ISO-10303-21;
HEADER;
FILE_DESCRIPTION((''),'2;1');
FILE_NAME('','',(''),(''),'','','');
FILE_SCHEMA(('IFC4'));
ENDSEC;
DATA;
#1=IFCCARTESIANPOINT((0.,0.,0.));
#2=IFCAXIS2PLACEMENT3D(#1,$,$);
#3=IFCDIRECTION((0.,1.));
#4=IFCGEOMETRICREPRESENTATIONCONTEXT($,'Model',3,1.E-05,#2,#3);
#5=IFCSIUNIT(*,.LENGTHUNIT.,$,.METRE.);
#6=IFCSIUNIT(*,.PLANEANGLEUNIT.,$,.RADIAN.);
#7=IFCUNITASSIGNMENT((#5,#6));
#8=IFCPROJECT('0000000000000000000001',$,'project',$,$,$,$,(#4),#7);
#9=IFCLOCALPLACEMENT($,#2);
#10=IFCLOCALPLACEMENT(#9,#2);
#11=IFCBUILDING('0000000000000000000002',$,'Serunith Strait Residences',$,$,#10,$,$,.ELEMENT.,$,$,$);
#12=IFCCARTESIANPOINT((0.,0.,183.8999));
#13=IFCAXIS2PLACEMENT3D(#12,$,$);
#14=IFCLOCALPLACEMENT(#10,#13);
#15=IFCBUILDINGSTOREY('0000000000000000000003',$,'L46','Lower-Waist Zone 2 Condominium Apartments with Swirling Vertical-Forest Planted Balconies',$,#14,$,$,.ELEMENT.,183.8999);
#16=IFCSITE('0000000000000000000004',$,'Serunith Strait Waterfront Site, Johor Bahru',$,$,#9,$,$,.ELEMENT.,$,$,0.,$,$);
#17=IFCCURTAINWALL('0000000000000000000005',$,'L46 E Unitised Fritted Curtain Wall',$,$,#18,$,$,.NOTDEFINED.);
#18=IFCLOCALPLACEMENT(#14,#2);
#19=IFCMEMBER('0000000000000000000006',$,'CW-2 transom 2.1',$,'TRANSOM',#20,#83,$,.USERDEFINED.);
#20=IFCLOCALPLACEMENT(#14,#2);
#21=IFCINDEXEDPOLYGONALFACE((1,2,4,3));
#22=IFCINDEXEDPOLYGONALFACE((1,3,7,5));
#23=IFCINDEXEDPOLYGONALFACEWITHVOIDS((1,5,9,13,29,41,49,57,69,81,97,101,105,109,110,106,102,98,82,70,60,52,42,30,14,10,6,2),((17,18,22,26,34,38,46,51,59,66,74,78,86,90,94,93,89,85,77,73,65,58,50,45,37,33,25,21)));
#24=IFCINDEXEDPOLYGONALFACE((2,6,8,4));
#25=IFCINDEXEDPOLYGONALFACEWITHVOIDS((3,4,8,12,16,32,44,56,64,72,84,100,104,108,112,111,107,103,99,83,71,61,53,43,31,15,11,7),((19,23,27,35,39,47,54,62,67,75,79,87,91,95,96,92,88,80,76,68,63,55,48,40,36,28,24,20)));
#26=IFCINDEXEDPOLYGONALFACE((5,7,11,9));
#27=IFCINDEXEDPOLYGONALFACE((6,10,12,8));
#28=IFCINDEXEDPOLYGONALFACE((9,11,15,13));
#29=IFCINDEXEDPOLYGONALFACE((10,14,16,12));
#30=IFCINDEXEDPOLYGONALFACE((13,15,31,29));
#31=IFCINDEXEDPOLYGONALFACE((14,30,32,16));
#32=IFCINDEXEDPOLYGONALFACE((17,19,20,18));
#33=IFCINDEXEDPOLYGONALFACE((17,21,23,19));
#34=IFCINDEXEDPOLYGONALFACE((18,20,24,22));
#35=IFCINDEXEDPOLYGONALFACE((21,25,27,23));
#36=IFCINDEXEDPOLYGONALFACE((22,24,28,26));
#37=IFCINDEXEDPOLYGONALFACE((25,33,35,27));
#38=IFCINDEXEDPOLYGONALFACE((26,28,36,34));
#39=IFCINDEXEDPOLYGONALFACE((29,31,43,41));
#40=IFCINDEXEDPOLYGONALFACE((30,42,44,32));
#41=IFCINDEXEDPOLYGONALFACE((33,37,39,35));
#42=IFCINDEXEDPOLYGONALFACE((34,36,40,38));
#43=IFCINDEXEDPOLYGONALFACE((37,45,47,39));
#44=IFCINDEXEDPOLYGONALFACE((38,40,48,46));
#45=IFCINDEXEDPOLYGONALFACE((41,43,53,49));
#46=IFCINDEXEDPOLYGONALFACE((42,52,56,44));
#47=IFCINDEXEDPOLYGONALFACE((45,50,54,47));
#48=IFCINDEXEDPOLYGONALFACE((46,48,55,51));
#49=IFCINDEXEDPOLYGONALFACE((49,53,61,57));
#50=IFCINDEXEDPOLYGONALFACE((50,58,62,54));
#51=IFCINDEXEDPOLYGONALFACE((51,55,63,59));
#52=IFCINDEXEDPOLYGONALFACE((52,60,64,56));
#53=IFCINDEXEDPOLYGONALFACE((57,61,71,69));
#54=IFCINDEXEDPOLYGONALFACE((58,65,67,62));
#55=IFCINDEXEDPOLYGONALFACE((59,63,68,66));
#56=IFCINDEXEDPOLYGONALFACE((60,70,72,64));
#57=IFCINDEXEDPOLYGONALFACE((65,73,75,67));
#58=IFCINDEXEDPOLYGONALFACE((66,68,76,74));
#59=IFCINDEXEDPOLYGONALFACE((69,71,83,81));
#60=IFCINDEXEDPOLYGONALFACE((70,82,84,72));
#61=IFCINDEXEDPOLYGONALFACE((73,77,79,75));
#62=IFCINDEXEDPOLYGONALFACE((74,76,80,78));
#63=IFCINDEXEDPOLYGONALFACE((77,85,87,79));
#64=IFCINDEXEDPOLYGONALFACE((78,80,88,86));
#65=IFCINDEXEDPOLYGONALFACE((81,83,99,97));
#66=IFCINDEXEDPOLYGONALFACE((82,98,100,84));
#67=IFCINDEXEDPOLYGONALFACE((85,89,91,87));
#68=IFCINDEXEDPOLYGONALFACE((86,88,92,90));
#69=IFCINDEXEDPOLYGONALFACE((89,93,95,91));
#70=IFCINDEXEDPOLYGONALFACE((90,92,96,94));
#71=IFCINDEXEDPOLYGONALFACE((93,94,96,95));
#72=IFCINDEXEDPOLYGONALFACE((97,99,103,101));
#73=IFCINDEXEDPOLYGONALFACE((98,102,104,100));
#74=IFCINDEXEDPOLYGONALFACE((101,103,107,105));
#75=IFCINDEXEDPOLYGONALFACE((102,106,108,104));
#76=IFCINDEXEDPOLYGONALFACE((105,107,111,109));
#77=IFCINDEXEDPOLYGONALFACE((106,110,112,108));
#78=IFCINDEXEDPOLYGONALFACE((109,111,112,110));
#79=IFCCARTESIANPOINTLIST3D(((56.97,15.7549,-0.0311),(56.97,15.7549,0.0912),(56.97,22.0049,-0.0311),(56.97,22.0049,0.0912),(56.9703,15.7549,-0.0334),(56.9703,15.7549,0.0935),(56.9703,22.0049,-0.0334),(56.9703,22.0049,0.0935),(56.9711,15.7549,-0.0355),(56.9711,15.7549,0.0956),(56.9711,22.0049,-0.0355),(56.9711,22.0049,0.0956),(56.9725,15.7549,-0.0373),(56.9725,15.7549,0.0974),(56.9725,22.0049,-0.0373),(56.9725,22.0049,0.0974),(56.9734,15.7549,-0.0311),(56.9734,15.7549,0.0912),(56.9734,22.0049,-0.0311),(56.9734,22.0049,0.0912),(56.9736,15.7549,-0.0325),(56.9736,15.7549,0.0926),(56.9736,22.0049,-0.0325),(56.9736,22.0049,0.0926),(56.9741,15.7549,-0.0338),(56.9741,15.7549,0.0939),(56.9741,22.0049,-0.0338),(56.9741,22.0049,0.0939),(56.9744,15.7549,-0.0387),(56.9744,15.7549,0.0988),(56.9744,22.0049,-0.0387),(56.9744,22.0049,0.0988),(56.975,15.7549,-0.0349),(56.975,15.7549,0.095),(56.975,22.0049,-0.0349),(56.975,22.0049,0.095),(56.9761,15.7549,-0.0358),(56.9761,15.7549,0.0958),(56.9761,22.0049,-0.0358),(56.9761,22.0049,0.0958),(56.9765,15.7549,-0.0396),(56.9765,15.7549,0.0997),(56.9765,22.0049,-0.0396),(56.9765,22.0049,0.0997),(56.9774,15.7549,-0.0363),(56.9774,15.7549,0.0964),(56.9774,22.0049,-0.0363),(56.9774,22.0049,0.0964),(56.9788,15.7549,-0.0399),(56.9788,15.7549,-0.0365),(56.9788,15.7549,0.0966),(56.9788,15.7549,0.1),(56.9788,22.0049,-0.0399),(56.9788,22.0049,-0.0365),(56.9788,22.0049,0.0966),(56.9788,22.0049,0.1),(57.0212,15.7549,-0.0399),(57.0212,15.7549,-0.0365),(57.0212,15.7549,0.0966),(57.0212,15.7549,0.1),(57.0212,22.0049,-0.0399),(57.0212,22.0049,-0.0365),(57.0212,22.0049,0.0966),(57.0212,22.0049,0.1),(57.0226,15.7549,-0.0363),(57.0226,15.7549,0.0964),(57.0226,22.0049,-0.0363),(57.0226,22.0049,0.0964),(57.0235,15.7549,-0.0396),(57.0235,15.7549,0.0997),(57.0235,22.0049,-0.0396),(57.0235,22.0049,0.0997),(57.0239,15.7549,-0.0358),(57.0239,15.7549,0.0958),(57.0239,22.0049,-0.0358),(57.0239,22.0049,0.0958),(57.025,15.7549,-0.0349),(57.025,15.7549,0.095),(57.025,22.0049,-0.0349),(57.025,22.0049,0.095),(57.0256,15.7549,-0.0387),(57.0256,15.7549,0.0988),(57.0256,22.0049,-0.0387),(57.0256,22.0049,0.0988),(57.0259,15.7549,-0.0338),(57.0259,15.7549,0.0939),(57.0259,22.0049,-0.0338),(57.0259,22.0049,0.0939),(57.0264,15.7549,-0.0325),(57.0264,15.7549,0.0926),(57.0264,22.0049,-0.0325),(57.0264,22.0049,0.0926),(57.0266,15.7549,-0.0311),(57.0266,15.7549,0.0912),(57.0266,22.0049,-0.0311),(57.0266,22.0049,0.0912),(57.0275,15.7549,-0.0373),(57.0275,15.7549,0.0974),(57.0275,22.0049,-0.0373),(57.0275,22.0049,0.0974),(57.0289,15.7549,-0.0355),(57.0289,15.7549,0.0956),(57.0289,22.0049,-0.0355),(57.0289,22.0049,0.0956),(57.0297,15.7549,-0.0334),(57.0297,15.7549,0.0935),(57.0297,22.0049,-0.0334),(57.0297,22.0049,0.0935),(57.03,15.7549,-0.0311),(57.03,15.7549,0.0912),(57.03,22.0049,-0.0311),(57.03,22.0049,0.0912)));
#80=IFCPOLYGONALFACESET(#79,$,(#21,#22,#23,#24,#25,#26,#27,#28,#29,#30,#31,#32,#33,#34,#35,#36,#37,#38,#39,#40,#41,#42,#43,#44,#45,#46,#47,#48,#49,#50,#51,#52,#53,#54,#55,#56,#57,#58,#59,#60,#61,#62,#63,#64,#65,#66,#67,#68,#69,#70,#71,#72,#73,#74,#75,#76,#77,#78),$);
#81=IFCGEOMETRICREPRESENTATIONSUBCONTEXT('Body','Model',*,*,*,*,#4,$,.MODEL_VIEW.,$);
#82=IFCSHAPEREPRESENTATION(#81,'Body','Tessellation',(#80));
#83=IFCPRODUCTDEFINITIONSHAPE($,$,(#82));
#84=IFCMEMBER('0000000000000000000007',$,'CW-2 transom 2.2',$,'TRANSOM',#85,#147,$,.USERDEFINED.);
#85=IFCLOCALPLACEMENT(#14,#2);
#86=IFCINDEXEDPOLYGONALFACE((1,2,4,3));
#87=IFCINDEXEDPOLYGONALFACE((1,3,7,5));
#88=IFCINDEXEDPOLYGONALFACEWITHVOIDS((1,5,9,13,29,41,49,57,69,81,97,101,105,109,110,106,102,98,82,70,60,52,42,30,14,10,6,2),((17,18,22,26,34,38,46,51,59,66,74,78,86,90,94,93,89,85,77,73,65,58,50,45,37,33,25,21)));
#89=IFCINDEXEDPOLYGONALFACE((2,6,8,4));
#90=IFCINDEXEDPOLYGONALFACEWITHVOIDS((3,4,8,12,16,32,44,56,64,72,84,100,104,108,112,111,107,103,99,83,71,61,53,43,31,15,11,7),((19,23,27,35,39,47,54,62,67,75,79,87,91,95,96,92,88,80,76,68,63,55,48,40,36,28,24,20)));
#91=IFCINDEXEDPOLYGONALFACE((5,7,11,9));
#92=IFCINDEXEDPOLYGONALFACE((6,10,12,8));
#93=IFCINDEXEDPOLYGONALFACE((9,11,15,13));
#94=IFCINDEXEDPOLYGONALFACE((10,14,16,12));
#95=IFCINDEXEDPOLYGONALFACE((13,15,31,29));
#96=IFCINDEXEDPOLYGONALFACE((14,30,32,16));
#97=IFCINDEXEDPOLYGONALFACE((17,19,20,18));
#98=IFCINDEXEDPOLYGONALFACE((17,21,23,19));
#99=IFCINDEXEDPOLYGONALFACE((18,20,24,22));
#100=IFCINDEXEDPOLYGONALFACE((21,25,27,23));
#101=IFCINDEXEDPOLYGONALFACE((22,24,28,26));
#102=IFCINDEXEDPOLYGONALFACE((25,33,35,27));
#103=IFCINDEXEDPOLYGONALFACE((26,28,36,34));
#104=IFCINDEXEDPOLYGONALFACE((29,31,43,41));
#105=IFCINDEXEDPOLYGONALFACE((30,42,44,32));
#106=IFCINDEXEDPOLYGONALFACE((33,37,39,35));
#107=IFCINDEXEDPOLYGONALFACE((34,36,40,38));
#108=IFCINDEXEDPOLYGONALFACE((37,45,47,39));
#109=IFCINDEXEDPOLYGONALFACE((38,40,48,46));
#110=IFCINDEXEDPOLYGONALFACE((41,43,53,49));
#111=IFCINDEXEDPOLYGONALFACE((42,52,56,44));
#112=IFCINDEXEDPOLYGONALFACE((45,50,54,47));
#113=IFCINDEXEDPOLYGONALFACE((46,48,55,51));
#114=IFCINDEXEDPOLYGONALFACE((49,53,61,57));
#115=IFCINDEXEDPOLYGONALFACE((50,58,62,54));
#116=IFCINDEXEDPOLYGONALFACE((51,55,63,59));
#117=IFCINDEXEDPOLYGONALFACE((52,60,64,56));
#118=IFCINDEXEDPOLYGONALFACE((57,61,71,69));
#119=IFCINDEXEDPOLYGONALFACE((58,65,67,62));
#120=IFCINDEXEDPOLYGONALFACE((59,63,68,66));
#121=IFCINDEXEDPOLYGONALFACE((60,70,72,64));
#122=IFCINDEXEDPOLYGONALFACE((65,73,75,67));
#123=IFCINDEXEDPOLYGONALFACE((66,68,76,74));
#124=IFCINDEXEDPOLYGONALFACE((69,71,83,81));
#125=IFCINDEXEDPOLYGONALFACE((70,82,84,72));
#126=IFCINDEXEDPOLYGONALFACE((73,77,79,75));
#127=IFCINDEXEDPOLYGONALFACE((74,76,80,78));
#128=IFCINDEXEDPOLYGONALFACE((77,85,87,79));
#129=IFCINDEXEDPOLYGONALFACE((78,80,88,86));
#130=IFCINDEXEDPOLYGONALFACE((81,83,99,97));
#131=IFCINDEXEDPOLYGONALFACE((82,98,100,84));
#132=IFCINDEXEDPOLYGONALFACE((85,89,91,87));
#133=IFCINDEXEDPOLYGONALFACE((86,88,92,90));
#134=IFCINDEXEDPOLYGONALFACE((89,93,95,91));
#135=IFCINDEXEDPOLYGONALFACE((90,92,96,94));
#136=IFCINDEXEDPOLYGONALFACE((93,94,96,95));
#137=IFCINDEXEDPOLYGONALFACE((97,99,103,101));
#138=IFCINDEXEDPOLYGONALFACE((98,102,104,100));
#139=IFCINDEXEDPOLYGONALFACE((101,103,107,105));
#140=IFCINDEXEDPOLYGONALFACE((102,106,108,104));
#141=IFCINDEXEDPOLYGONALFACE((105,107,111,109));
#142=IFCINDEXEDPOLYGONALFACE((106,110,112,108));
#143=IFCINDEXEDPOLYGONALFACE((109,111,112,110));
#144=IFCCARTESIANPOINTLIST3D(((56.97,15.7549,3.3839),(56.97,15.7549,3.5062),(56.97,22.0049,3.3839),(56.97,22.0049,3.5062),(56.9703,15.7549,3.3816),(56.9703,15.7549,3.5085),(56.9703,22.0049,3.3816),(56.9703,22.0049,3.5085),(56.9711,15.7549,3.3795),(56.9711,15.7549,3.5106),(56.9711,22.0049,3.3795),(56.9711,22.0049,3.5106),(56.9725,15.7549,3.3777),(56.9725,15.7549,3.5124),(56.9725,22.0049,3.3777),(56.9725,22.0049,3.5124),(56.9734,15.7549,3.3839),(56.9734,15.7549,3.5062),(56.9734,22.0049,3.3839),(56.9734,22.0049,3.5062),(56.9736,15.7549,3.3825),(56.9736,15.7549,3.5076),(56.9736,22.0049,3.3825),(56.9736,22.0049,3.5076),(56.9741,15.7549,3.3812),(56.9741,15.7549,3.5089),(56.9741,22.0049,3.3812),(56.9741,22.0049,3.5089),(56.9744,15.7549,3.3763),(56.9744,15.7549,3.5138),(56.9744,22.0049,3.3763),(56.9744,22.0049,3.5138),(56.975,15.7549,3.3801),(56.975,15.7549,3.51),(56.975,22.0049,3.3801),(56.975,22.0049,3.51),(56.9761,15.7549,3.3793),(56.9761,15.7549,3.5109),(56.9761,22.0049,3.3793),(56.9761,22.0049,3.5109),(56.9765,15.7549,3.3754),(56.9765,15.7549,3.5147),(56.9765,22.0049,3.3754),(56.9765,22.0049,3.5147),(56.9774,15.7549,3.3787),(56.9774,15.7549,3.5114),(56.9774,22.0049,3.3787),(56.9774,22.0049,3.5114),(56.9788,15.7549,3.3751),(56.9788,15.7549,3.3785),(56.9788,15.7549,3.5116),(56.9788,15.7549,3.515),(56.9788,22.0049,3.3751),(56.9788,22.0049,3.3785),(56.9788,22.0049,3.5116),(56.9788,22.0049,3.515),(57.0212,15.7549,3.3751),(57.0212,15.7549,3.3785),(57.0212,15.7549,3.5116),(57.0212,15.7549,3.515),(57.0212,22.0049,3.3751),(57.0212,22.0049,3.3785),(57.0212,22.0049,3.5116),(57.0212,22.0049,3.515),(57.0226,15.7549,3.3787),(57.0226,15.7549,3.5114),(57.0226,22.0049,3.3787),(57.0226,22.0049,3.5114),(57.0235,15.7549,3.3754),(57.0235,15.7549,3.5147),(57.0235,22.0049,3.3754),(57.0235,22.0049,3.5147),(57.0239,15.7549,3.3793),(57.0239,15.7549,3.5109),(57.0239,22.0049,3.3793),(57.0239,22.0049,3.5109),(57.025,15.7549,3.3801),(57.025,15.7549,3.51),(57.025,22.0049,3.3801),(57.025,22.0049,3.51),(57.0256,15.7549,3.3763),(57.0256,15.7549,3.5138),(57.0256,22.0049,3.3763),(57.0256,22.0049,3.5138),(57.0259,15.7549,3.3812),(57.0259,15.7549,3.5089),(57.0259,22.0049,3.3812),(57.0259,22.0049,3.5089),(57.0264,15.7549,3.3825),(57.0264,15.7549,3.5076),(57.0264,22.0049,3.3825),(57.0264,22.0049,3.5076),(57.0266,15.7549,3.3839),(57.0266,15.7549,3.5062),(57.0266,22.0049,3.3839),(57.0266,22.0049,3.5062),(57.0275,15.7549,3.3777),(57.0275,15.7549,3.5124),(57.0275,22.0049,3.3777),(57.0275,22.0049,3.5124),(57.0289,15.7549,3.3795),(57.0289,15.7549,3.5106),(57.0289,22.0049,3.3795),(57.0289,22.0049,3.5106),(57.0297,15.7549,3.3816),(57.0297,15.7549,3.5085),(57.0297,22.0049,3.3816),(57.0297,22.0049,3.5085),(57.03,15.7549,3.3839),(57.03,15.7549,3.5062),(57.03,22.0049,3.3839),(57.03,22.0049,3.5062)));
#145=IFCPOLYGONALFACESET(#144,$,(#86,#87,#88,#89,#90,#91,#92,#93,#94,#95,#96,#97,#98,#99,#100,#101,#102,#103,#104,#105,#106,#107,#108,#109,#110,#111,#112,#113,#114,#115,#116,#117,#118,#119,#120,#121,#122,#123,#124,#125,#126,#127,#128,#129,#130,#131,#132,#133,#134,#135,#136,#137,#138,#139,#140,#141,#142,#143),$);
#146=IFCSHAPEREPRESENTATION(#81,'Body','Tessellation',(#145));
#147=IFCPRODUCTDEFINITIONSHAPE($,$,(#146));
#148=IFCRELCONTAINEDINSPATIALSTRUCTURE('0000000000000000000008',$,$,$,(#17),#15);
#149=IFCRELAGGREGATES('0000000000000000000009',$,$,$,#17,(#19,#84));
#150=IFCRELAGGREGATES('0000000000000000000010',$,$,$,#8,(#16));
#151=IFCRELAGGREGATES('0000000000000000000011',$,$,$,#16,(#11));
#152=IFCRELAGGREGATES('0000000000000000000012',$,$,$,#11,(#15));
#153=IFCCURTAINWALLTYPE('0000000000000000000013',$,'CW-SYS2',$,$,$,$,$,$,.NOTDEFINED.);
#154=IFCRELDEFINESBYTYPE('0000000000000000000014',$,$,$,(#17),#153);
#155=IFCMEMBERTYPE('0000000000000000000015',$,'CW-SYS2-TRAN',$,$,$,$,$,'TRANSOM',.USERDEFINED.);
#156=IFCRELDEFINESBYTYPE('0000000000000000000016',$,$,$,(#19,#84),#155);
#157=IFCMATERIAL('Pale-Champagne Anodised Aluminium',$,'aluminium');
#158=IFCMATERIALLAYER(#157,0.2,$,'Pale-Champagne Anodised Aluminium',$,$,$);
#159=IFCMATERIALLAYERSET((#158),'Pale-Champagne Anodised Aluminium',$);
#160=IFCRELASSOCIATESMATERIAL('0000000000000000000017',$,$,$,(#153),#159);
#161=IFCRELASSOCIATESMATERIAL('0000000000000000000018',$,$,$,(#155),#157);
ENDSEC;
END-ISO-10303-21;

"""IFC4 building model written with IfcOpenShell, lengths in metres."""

from ifc_helpers import new_model, si_unit, direction, frame, origin, origin_2d, place, context, subcontext, project, spatial, hollow_rectangle, extrude, source, transform, mapped, material, layer, layer_set, material_profile, profile_set, type_object, element, aggregate, save


model = new_model("IFC4")

# Units and contexts
model_context = context("Model", 3, precision=1e-05, world=origin(), true_north=direction((0.0, 1.0)))
body_context = subcontext(model_context, "Body", "Model", "MODEL_VIEW")
ifc_project = project(units=[si_unit("LENGTHUNIT", "METRE"), si_unit("PLANEANGLEUNIT", "RADIAN")], contexts=[model_context])

# Site, building, storey
site_placement = place(None, origin())
site = spatial("IfcSite", under=ifc_project, at=site_placement, Name="Serunith Strait Waterfront Site, Johor Bahru", CompositionType="ELEMENT", RefElevation=0.0)
building_placement = place(site_placement, origin())
building = spatial("IfcBuilding", under=site, at=building_placement, Name="Serunith Strait Residences", CompositionType="ELEMENT")
storey_placement = place(building_placement, frame((0.0, 0.0, 183.8999)))
storey = spatial("IfcBuildingStorey", under=building, at=storey_placement, Name="L46", Description="Lower-Waist Zone 2 Condominium Apartments with Swirling Vertical-Forest Planted Balconies", CompositionType="ELEMENT", Elevation=183.8999)

# Curtain wall, members
ifc_material_1 = material(Name="Pale-Champagne Anodised Aluminium", Category="aluminium")
ifc_layer_1 = layer(ifc_material_1, 0.2, Name="Pale-Champagne Anodised Aluminium")
ifc_layer_set_1 = layer_set([ifc_layer_1], Name="Pale-Champagne Anodised Aluminium")
curtain_wall_type = type_object("IfcCurtainWallType", Name="CW-SYS2", PredefinedType="NOTDEFINED", material=ifc_layer_set_1)
curtain_wall_placement = place(storey_placement, origin())
curtain_wall = element("IfcCurtainWall", 1, at=curtain_wall_placement, inside=storey, type_object=curtain_wall_type, Name="L46 E Unitised Fritted Curtain Wall", PredefinedType="NOTDEFINED")
ifc_material_profile_1 = material_profile(ifc_material_1, hollow_rectangle(XDim=0.0601, YDim=0.1399, WallThickness=0.0034, InnerFilletRadius=0.0054, OuterFilletRadius=0.0088, at=origin_2d()), Name="ALU 140x60x3.5")
ifc_profile_set_1 = profile_set([ifc_material_profile_1], Name="Pale-Champagne Anodised Aluminium")
member_type_1 = type_object("IfcMemberType", Name="CW-SYS2-TRAN", ElementType="TRANSOM", PredefinedType="USERDEFINED", material=ifc_profile_set_1)
shared_shape_1 = source(origin(), body_context, "Body", "SweptSolid", [
    extrude(hollow_rectangle(XDim=0.0601, YDim=0.1399, WallThickness=0.0034, InnerFilletRadius=0.0054, OuterFilletRadius=0.0088, at=origin_2d()), origin(), (0.0, 0.0, 1.0), 6.25),
])
member_1_placement = place(storey_placement, frame((57.0, 15.7549, 0.03), z_axis=(0.0, 1.0, 0.0), x_axis=(-1.0, 0.0, 0.0)))
member_1 = element("IfcMember", 2, at=member_1_placement, type_object=member_type_1, Name="CW-2 transom 2.1", ObjectType="TRANSOM", PredefinedType="USERDEFINED", context=body_context, shape_type="MappedRepresentation", body=[
    mapped(shared_shape_1, transform((0.0, 0.0, 0.0), scale=1.0)),
])
member_2_placement = place(storey_placement, frame((57.0, 15.7549, 3.4451), z_axis=(0.0, 1.0, 0.0), x_axis=(-1.0, 0.0, 0.0)))
member_2 = element("IfcMember", 3, at=member_2_placement, type_object=member_type_1, Name="CW-2 transom 2.2", ObjectType="TRANSOM", PredefinedType="USERDEFINED", context=body_context, shape_type="MappedRepresentation", body=[
    mapped(shared_shape_1, transform((0.0, 0.0, 0.0), scale=1.0)),
])
aggregate(curtain_wall, [member_1, member_2])

save(model, "model.ifc")
